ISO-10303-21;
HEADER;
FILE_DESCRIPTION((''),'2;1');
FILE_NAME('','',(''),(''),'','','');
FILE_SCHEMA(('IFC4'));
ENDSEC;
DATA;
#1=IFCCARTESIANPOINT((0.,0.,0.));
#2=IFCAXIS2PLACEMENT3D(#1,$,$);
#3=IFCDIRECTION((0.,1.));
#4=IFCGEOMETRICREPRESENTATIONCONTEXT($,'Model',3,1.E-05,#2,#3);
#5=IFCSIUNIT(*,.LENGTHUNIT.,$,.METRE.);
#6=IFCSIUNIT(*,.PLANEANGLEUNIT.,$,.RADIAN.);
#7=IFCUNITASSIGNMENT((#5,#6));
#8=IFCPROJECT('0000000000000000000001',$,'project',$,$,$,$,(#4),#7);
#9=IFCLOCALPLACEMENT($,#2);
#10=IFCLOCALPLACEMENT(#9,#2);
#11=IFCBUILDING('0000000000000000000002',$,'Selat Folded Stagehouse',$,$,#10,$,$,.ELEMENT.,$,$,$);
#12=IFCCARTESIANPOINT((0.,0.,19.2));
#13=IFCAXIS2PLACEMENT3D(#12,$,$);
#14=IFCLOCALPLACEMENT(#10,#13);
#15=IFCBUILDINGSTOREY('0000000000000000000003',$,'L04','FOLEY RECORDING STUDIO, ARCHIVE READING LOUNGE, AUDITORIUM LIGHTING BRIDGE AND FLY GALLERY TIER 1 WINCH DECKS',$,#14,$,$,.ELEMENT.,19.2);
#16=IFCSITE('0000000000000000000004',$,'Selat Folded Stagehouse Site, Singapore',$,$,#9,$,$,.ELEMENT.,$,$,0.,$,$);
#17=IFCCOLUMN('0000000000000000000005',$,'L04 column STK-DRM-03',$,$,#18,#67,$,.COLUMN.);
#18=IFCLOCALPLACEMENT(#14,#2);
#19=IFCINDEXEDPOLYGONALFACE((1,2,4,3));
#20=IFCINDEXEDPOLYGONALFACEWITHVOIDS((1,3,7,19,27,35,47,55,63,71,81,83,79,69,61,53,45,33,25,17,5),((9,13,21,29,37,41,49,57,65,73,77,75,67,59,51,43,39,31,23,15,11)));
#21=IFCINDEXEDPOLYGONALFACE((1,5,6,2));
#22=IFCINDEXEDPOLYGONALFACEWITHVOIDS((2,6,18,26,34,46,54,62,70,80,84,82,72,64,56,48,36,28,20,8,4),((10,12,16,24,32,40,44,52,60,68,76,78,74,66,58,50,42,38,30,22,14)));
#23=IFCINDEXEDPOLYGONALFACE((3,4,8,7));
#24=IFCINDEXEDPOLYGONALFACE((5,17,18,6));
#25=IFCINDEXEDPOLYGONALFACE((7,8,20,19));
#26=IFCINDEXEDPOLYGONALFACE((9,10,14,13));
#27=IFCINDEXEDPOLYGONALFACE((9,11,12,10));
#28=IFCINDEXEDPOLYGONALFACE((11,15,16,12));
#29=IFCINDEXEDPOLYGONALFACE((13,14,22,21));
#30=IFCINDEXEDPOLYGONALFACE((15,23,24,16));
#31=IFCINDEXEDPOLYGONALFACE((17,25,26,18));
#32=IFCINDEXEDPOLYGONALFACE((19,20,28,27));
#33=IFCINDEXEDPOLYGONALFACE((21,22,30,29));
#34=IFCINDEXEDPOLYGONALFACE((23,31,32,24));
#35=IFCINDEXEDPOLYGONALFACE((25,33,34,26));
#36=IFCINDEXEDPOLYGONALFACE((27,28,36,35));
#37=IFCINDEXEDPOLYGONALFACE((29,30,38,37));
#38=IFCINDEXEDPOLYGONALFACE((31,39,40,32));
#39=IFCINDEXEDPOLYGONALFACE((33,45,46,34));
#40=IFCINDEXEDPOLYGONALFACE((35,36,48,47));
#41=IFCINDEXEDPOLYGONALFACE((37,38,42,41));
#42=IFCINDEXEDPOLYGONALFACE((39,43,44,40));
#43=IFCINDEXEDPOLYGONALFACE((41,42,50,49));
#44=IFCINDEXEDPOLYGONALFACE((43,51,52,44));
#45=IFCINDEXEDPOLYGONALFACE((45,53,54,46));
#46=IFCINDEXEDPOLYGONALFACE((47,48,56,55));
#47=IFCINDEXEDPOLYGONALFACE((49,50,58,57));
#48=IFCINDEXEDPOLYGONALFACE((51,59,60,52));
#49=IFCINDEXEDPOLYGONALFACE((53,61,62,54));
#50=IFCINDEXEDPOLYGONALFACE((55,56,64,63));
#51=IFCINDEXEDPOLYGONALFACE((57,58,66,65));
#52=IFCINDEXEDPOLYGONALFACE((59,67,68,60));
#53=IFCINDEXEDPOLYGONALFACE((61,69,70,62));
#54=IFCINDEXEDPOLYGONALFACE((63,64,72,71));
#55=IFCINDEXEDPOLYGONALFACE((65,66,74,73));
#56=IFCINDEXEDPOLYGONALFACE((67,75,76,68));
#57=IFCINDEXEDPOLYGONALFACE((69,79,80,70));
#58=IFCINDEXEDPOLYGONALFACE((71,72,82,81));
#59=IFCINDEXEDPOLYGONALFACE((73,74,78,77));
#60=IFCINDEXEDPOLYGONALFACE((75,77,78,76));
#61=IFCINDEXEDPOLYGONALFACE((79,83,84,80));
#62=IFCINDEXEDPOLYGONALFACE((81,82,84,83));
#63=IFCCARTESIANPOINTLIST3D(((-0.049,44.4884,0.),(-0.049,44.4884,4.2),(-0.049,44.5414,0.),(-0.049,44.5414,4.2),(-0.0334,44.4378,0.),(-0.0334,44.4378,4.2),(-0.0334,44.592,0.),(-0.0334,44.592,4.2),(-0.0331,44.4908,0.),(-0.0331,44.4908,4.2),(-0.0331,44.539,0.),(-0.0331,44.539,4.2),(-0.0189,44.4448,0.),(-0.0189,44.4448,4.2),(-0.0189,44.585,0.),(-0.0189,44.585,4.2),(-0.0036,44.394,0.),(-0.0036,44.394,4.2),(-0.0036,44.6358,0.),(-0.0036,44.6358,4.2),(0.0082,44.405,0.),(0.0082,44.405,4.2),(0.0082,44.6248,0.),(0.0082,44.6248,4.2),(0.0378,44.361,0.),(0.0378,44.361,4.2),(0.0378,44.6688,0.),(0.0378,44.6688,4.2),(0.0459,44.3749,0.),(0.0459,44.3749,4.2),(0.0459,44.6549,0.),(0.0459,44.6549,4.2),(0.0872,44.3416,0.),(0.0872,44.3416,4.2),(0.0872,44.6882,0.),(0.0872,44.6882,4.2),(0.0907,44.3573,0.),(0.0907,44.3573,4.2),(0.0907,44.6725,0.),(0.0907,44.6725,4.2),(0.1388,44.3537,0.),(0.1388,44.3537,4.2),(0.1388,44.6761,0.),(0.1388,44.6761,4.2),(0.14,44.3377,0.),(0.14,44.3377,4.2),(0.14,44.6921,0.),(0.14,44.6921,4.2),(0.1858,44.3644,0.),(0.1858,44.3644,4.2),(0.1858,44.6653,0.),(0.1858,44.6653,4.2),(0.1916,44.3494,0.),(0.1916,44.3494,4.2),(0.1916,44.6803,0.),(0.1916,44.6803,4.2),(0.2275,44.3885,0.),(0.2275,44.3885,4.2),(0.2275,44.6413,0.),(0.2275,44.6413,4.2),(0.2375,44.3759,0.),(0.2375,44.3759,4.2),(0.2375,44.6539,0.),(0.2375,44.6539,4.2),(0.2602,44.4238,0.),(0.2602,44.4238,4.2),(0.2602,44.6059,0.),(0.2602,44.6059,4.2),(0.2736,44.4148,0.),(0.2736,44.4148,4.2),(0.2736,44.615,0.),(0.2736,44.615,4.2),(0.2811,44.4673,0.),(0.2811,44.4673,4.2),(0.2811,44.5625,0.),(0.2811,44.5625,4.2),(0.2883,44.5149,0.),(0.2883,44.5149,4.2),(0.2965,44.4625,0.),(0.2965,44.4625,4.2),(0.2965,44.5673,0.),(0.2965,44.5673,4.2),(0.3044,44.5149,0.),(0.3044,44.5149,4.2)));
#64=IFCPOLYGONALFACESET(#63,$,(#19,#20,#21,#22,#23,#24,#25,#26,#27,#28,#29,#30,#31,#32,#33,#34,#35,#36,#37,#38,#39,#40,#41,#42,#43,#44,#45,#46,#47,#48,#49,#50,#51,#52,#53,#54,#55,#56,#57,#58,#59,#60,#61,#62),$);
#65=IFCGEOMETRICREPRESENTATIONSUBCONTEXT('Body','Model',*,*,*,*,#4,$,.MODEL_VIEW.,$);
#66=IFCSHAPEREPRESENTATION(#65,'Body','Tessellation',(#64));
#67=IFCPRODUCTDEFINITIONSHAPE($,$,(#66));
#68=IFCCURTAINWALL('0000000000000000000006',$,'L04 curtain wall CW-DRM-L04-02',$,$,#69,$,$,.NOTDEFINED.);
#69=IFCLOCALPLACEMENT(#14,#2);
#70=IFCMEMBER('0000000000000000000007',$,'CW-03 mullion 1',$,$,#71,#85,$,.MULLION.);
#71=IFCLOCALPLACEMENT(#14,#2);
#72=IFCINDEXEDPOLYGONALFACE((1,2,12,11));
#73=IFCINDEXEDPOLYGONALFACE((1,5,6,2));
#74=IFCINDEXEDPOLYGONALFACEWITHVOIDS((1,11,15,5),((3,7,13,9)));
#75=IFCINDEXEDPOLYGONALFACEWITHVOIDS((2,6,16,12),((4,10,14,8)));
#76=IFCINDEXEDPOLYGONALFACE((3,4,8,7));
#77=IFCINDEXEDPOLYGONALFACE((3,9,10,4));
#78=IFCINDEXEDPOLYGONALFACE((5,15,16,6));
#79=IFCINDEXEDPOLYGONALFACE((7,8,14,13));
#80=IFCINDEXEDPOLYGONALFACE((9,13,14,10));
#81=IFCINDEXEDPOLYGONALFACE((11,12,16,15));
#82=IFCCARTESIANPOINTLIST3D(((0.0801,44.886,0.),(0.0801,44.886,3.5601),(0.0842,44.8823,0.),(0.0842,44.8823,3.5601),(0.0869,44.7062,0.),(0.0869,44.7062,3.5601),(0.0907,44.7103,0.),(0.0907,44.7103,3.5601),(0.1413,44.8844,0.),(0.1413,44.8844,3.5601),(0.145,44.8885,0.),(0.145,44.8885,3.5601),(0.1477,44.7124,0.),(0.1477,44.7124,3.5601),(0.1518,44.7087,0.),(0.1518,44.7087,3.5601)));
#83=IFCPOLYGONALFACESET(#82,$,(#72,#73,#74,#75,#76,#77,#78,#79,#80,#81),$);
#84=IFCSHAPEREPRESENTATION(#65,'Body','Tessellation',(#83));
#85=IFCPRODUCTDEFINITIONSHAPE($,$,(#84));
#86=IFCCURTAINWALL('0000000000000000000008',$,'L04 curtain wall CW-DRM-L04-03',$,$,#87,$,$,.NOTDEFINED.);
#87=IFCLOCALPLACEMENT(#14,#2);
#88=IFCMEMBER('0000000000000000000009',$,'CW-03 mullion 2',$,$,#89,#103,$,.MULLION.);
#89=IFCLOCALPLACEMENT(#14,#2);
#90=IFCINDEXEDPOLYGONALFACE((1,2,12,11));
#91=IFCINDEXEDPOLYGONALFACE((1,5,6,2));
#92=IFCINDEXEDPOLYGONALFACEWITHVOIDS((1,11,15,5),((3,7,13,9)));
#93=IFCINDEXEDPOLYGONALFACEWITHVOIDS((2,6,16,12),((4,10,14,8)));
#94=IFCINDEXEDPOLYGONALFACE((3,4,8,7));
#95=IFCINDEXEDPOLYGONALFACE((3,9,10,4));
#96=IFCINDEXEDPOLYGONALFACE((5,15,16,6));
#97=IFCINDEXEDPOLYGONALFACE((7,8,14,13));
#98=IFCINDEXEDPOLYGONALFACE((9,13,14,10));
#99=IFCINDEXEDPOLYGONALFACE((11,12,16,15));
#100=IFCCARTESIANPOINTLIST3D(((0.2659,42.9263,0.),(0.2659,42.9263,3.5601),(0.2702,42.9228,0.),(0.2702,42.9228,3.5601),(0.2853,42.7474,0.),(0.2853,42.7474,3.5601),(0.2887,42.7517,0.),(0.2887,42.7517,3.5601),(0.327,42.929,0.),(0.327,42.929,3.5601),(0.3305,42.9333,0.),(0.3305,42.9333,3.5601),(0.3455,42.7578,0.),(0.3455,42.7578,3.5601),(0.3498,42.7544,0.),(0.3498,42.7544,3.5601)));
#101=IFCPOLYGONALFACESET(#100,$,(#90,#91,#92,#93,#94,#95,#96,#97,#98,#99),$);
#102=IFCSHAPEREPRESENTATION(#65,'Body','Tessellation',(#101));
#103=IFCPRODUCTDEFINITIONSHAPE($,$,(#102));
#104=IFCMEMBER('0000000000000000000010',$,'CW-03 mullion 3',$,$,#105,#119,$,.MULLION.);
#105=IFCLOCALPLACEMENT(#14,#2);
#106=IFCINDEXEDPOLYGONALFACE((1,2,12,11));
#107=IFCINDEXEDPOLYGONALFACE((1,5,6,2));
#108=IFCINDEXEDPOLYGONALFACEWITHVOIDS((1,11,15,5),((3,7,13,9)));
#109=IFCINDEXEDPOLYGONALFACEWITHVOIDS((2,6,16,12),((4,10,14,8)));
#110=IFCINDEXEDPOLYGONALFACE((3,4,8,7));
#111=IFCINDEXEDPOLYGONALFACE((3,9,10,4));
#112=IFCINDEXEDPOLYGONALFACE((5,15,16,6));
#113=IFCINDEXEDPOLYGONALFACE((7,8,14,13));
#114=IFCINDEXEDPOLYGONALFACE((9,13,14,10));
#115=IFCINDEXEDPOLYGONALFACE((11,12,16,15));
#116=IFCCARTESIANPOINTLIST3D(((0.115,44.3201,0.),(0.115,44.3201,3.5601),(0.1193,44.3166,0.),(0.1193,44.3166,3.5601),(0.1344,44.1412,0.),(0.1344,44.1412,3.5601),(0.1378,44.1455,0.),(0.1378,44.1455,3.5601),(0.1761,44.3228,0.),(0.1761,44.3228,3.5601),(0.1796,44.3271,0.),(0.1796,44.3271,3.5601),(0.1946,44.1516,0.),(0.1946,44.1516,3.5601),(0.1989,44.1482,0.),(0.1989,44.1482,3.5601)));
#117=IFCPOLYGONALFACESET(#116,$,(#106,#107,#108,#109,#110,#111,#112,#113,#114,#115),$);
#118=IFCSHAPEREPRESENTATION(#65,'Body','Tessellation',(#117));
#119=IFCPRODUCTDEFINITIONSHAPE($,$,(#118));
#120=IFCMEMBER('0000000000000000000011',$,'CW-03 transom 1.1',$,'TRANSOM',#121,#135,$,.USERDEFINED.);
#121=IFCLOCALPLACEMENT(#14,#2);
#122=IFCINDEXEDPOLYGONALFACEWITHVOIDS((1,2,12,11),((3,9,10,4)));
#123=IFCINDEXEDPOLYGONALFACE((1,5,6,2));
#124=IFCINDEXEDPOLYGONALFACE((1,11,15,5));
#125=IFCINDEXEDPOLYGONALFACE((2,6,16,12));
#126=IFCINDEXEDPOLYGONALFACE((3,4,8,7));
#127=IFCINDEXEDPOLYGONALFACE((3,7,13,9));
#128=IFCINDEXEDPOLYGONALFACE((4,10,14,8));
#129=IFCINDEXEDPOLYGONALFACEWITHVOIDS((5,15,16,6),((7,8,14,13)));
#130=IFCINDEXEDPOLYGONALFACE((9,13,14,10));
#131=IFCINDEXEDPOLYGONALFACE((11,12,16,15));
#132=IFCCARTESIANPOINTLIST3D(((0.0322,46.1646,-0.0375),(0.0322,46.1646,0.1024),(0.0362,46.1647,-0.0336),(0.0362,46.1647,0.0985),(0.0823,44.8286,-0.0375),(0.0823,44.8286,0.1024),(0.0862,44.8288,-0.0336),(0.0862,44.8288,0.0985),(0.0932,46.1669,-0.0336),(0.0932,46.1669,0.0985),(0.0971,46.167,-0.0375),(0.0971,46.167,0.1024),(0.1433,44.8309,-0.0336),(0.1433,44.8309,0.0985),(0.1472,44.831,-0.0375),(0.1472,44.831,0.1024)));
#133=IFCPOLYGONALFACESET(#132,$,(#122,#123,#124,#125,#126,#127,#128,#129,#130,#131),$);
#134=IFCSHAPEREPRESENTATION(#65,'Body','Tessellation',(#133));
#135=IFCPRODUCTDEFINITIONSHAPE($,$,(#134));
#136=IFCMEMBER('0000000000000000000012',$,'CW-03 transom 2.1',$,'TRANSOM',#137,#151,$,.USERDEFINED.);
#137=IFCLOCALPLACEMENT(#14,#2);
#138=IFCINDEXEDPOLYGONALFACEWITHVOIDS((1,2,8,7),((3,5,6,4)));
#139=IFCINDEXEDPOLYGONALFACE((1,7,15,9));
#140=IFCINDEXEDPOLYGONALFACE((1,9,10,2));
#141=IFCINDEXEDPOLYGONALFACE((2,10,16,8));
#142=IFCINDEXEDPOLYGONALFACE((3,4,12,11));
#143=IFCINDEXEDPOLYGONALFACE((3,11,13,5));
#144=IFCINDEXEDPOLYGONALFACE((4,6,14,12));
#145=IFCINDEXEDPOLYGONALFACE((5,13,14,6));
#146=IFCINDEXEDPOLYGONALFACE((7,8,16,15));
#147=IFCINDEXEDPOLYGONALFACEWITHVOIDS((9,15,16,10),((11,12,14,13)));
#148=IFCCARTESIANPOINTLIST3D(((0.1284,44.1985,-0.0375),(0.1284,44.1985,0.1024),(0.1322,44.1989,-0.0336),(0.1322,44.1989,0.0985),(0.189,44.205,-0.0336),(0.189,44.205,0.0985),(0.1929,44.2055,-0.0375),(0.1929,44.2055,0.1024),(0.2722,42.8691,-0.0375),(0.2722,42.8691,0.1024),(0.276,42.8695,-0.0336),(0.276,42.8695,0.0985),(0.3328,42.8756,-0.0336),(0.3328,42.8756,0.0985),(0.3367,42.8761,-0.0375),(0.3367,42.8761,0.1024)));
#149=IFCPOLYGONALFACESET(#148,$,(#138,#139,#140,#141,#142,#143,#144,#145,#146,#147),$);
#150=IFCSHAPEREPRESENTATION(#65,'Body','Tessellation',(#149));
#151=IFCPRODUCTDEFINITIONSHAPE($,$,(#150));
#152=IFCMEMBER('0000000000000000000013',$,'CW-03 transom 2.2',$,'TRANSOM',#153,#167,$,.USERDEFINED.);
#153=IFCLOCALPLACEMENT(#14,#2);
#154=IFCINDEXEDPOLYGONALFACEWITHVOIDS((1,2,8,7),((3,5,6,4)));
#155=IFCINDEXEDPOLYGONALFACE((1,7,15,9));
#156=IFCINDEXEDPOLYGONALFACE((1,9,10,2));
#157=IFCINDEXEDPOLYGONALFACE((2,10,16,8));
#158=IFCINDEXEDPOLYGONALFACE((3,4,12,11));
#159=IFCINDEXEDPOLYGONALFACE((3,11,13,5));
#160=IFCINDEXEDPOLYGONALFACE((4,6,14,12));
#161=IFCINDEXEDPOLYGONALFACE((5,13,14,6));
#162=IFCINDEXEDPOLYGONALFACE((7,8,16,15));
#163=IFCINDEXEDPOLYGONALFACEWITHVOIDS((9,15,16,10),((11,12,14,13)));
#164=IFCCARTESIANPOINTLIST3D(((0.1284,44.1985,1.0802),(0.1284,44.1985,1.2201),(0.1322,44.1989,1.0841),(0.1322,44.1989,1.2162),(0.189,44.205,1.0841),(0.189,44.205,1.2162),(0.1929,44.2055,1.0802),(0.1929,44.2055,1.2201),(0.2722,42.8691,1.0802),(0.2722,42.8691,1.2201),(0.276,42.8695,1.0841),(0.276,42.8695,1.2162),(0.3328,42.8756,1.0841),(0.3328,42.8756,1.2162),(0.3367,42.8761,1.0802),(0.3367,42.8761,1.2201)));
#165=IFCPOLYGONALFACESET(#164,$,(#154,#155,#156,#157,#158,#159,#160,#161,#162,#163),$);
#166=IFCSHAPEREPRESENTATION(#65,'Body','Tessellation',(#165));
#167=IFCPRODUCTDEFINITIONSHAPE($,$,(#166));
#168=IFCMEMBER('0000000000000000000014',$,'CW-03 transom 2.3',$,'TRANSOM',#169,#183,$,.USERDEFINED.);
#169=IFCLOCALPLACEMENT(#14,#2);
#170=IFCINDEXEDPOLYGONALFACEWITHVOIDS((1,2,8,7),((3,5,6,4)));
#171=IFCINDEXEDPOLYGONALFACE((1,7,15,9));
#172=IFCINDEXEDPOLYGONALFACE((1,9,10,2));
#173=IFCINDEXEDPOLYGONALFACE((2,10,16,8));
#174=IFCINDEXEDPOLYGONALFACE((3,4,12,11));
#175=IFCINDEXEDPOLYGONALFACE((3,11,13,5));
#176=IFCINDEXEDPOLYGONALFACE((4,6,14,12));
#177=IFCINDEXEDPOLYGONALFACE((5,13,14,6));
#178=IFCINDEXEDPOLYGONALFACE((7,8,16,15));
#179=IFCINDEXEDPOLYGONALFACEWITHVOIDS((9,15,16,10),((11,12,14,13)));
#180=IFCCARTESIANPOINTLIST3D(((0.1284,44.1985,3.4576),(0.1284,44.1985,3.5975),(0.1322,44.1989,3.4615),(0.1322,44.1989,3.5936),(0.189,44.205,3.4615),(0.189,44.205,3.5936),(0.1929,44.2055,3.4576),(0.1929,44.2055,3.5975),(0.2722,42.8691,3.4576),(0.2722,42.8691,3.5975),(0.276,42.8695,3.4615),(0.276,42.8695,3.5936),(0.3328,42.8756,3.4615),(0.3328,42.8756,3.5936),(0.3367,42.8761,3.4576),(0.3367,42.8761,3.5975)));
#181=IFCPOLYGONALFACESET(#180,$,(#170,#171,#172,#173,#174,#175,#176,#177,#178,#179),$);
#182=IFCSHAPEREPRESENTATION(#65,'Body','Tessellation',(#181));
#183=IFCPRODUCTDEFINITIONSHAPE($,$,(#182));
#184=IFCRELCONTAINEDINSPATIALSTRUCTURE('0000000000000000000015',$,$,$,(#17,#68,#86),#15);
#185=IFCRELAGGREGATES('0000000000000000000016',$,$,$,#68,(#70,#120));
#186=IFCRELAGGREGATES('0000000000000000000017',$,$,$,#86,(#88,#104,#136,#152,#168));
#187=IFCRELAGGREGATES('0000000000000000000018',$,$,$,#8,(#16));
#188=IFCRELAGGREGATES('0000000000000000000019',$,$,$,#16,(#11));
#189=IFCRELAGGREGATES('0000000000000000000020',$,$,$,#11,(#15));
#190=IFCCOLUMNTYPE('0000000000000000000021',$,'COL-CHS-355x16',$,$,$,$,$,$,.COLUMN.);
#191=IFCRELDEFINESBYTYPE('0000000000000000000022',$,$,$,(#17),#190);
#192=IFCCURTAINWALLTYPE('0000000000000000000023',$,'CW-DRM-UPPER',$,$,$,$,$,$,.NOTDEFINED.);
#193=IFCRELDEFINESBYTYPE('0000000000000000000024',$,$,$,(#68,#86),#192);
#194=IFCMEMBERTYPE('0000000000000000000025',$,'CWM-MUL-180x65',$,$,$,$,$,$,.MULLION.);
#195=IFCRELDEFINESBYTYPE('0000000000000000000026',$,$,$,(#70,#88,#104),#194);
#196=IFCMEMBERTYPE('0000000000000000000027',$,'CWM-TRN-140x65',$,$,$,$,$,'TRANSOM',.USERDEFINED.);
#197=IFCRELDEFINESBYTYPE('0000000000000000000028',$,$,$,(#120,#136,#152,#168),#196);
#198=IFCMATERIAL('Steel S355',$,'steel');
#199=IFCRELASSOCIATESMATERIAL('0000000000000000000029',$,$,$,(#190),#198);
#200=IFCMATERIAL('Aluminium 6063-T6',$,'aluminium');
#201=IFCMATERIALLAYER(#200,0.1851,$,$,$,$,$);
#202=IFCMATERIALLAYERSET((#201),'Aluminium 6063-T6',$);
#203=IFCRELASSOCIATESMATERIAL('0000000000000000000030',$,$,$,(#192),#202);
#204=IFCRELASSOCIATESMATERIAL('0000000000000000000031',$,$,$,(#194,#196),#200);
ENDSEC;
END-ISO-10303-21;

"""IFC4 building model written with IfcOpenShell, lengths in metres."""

from ifc_helpers import new_model, si_unit, direction, frame, origin, origin_2d, place, context, subcontext, project, spatial, hollow_rectangle, hollow_circle, extrude, material, layer, layer_set, material_profile, profile_set, type_object, element, aggregate, save


model = new_model("IFC4")

# Units and contexts
model_context = context("Model", 3, precision=1e-05, world=origin(), true_north=direction((0.0, 1.0)))
body_context = subcontext(model_context, "Body", "Model", "MODEL_VIEW")
ifc_project = project(units=[si_unit("LENGTHUNIT", "METRE"), si_unit("PLANEANGLEUNIT", "RADIAN")], contexts=[model_context])

# Site, building, storey
site_placement = place(None, origin())
site = spatial("IfcSite", under=ifc_project, at=site_placement, Name="Selat Folded Stagehouse Site, Singapore", CompositionType="ELEMENT", RefElevation=0.0)
building_placement = place(site_placement, origin())
building = spatial("IfcBuilding", under=site, at=building_placement, Name="Selat Folded Stagehouse", CompositionType="ELEMENT")
storey_placement = place(building_placement, frame((0.0, 0.0, 19.2)))
storey = spatial("IfcBuildingStorey", under=building, at=storey_placement, Name="L04", Description="FOLEY RECORDING STUDIO, ARCHIVE READING LOUNGE, AUDITORIUM LIGHTING BRIDGE AND FLY GALLERY TIER 1 WINCH DECKS", CompositionType="ELEMENT", Elevation=19.2)

# Column
ifc_material_1 = material(Name="Steel S355", Category="steel")
ifc_material_profile_1 = material_profile(ifc_material_1, hollow_circle(Radius=0.1777, WallThickness=0.0161, at=origin_2d()), Name="CHS 355.6x16.0")
ifc_profile_set_1 = profile_set([ifc_material_profile_1], Name="Steel S355")
column_type = type_object("IfcColumnType", Name="COL-CHS-355x16", PredefinedType="COLUMN", material=ifc_profile_set_1)
column_placement = place(storey_placement, frame((0.1267, 44.5149, 0.0), z_axis=(0.0, 0.0, 1.0), x_axis=(1.0, 0.0, 0.0)))
element("IfcColumn", 1, at=column_placement, inside=storey, type_object=column_type, Name="L04 column STK-DRM-03", PredefinedType="COLUMN", context=body_context, shape_type="SweptSolid", body=[
    extrude(hollow_circle(Radius=0.1777, WallThickness=0.0161, at=origin_2d()), origin(), (0.0, 0.0, 1.0), 4.2),
])

# Curtain wall, member
ifc_material_2 = material(Name="Aluminium 6063-T6", Category="aluminium")
ifc_layer_1 = layer(ifc_material_2, 0.1851)
ifc_layer_set_1 = layer_set([ifc_layer_1], Name="Aluminium 6063-T6")
curtain_wall_type = type_object("IfcCurtainWallType", Name="CW-DRM-UPPER", PredefinedType="NOTDEFINED", material=ifc_layer_set_1)
curtain_wall_1_placement = place(storey_placement, origin())
curtain_wall_1 = element("IfcCurtainWall", 2, at=curtain_wall_1_placement, inside=storey, type_object=curtain_wall_type, Name="L04 curtain wall CW-DRM-L04-02", PredefinedType="NOTDEFINED")
ifc_material_profile_2 = material_profile(ifc_material_2, hollow_rectangle(XDim=0.0649, YDim=0.1799, WallThickness=0.0039, at=origin_2d()), Name="ALU 180x65x4.0")
ifc_profile_set_2 = profile_set([ifc_material_profile_2], Name="Aluminium 6063-T6")
member_type_1 = type_object("IfcMemberType", Name="CWM-MUL-180x65", PredefinedType="MULLION", material=ifc_profile_set_2)
member_1_placement = place(storey_placement, frame((0.116, 44.7974, 0.0), z_axis=(0.0, 0.0, 1.0), x_axis=(-0.999294, -0.037574, 0.0)))
member_1 = element("IfcMember", 3, at=member_1_placement, type_object=member_type_1, Name="CW-03 mullion 1", PredefinedType="MULLION", context=body_context, shape_type="SweptSolid", body=[
    extrude(hollow_rectangle(XDim=0.0649, YDim=0.1799, WallThickness=0.0039, at=origin_2d()), origin(), (0.0, 0.0, 1.0), 3.5601),
])

# Curtain wall, members
curtain_wall_2_placement = place(storey_placement, origin())
curtain_wall_2 = element("IfcCurtainWall", 4, at=curtain_wall_2_placement, inside=storey, type_object=curtain_wall_type, Name="L04 curtain wall CW-DRM-L04-03", PredefinedType="NOTDEFINED")
member_2_placement = place(storey_placement, frame((0.3079, 42.8403, 0.0), z_axis=(0.0, 0.0, 1.0), x_axis=(-0.994199, -0.107558, 0.0)))
member_2 = element("IfcMember", 5, at=member_2_placement, type_object=member_type_1, Name="CW-03 mullion 2", PredefinedType="MULLION", context=body_context, shape_type="SweptSolid", body=[
    extrude(hollow_rectangle(XDim=0.0649, YDim=0.1799, WallThickness=0.0039, at=origin_2d()), origin(), (0.0, 0.0, 1.0), 3.5601),
])
member_3_placement = place(storey_placement, frame((0.157, 44.2341, 0.0), z_axis=(0.0, 0.0, 1.0), x_axis=(-0.994199, -0.107558, 0.0)))
member_3 = element("IfcMember", 6, at=member_3_placement, type_object=member_type_1, Name="CW-03 mullion 3", PredefinedType="MULLION", context=body_context, shape_type="SweptSolid", body=[
    extrude(hollow_rectangle(XDim=0.0649, YDim=0.1799, WallThickness=0.0039, at=origin_2d()), origin(), (0.0, 0.0, 1.0), 3.5601),
])

# Members
ifc_material_profile_3 = material_profile(ifc_material_2, hollow_rectangle(XDim=0.0649, YDim=0.1399, WallThickness=0.0039, at=origin_2d()), Name="ALU 140x65x4.0")
ifc_profile_set_3 = profile_set([ifc_material_profile_3], Name="Aluminium 6063-T6")
member_type_2 = type_object("IfcMemberType", Name="CWM-TRN-140x65", ElementType="TRANSOM", PredefinedType="USERDEFINED", material=ifc_profile_set_3)
member_4_placement = place(storey_placement, frame((0.1147, 44.8298, 0.0325), z_axis=(-0.037437, 0.999299, 0.0), x_axis=(-0.999299, -0.037437, 0.0)))
member_4 = element("IfcMember", 7, at=member_4_placement, type_object=member_type_2, Name="CW-03 transom 1.1", ObjectType="TRANSOM", PredefinedType="USERDEFINED", context=body_context, shape_type="SweptSolid", body=[
    extrude(hollow_rectangle(XDim=0.0649, YDim=0.1399, WallThickness=0.0039, at=origin_2d()), origin(), (0.0, 0.0, 1.0), 1.3369),
])
aggregate(curtain_wall_1, [member_1, member_4])
member_5_placement = place(storey_placement, frame((0.3044, 42.8726, 0.0325), z_axis=(-0.107545, 0.9942, 0.0), x_axis=(-0.9942, -0.107545, 0.0)))
member_5 = element("IfcMember", 8, at=member_5_placement, type_object=member_type_2, Name="CW-03 transom 2.1", ObjectType="TRANSOM", PredefinedType="USERDEFINED", context=body_context, shape_type="SweptSolid", body=[
    extrude(hollow_rectangle(XDim=0.0649, YDim=0.1399, WallThickness=0.0039, at=origin_2d()), origin(), (0.0, 0.0, 1.0), 1.3372),
])
member_6_placement = place(storey_placement, frame((0.3044, 42.8726, 1.1501), z_axis=(-0.107545, 0.9942, 0.0), x_axis=(-0.9942, -0.107545, 0.0)))
member_6 = element("IfcMember", 9, at=member_6_placement, type_object=member_type_2, Name="CW-03 transom 2.2", ObjectType="TRANSOM", PredefinedType="USERDEFINED", context=body_context, shape_type="SweptSolid", body=[
    extrude(hollow_rectangle(XDim=0.0649, YDim=0.1399, WallThickness=0.0039, at=origin_2d()), origin(), (0.0, 0.0, 1.0), 1.3372),
])
member_7_placement = place(storey_placement, frame((0.3044, 42.8726, 3.5276), z_axis=(-0.107545, 0.9942, 0.0), x_axis=(-0.9942, -0.107545, 0.0)))
member_7 = element("IfcMember", 10, at=member_7_placement, type_object=member_type_2, Name="CW-03 transom 2.3", ObjectType="TRANSOM", PredefinedType="USERDEFINED", context=body_context, shape_type="SweptSolid", body=[
    extrude(hollow_rectangle(XDim=0.0649, YDim=0.1399, WallThickness=0.0039, at=origin_2d()), origin(), (0.0, 0.0, 1.0), 1.3372),
])

aggregate(curtain_wall_2, [member_2, member_3, member_5, member_6, member_7])

save(model, "model.ifc")
